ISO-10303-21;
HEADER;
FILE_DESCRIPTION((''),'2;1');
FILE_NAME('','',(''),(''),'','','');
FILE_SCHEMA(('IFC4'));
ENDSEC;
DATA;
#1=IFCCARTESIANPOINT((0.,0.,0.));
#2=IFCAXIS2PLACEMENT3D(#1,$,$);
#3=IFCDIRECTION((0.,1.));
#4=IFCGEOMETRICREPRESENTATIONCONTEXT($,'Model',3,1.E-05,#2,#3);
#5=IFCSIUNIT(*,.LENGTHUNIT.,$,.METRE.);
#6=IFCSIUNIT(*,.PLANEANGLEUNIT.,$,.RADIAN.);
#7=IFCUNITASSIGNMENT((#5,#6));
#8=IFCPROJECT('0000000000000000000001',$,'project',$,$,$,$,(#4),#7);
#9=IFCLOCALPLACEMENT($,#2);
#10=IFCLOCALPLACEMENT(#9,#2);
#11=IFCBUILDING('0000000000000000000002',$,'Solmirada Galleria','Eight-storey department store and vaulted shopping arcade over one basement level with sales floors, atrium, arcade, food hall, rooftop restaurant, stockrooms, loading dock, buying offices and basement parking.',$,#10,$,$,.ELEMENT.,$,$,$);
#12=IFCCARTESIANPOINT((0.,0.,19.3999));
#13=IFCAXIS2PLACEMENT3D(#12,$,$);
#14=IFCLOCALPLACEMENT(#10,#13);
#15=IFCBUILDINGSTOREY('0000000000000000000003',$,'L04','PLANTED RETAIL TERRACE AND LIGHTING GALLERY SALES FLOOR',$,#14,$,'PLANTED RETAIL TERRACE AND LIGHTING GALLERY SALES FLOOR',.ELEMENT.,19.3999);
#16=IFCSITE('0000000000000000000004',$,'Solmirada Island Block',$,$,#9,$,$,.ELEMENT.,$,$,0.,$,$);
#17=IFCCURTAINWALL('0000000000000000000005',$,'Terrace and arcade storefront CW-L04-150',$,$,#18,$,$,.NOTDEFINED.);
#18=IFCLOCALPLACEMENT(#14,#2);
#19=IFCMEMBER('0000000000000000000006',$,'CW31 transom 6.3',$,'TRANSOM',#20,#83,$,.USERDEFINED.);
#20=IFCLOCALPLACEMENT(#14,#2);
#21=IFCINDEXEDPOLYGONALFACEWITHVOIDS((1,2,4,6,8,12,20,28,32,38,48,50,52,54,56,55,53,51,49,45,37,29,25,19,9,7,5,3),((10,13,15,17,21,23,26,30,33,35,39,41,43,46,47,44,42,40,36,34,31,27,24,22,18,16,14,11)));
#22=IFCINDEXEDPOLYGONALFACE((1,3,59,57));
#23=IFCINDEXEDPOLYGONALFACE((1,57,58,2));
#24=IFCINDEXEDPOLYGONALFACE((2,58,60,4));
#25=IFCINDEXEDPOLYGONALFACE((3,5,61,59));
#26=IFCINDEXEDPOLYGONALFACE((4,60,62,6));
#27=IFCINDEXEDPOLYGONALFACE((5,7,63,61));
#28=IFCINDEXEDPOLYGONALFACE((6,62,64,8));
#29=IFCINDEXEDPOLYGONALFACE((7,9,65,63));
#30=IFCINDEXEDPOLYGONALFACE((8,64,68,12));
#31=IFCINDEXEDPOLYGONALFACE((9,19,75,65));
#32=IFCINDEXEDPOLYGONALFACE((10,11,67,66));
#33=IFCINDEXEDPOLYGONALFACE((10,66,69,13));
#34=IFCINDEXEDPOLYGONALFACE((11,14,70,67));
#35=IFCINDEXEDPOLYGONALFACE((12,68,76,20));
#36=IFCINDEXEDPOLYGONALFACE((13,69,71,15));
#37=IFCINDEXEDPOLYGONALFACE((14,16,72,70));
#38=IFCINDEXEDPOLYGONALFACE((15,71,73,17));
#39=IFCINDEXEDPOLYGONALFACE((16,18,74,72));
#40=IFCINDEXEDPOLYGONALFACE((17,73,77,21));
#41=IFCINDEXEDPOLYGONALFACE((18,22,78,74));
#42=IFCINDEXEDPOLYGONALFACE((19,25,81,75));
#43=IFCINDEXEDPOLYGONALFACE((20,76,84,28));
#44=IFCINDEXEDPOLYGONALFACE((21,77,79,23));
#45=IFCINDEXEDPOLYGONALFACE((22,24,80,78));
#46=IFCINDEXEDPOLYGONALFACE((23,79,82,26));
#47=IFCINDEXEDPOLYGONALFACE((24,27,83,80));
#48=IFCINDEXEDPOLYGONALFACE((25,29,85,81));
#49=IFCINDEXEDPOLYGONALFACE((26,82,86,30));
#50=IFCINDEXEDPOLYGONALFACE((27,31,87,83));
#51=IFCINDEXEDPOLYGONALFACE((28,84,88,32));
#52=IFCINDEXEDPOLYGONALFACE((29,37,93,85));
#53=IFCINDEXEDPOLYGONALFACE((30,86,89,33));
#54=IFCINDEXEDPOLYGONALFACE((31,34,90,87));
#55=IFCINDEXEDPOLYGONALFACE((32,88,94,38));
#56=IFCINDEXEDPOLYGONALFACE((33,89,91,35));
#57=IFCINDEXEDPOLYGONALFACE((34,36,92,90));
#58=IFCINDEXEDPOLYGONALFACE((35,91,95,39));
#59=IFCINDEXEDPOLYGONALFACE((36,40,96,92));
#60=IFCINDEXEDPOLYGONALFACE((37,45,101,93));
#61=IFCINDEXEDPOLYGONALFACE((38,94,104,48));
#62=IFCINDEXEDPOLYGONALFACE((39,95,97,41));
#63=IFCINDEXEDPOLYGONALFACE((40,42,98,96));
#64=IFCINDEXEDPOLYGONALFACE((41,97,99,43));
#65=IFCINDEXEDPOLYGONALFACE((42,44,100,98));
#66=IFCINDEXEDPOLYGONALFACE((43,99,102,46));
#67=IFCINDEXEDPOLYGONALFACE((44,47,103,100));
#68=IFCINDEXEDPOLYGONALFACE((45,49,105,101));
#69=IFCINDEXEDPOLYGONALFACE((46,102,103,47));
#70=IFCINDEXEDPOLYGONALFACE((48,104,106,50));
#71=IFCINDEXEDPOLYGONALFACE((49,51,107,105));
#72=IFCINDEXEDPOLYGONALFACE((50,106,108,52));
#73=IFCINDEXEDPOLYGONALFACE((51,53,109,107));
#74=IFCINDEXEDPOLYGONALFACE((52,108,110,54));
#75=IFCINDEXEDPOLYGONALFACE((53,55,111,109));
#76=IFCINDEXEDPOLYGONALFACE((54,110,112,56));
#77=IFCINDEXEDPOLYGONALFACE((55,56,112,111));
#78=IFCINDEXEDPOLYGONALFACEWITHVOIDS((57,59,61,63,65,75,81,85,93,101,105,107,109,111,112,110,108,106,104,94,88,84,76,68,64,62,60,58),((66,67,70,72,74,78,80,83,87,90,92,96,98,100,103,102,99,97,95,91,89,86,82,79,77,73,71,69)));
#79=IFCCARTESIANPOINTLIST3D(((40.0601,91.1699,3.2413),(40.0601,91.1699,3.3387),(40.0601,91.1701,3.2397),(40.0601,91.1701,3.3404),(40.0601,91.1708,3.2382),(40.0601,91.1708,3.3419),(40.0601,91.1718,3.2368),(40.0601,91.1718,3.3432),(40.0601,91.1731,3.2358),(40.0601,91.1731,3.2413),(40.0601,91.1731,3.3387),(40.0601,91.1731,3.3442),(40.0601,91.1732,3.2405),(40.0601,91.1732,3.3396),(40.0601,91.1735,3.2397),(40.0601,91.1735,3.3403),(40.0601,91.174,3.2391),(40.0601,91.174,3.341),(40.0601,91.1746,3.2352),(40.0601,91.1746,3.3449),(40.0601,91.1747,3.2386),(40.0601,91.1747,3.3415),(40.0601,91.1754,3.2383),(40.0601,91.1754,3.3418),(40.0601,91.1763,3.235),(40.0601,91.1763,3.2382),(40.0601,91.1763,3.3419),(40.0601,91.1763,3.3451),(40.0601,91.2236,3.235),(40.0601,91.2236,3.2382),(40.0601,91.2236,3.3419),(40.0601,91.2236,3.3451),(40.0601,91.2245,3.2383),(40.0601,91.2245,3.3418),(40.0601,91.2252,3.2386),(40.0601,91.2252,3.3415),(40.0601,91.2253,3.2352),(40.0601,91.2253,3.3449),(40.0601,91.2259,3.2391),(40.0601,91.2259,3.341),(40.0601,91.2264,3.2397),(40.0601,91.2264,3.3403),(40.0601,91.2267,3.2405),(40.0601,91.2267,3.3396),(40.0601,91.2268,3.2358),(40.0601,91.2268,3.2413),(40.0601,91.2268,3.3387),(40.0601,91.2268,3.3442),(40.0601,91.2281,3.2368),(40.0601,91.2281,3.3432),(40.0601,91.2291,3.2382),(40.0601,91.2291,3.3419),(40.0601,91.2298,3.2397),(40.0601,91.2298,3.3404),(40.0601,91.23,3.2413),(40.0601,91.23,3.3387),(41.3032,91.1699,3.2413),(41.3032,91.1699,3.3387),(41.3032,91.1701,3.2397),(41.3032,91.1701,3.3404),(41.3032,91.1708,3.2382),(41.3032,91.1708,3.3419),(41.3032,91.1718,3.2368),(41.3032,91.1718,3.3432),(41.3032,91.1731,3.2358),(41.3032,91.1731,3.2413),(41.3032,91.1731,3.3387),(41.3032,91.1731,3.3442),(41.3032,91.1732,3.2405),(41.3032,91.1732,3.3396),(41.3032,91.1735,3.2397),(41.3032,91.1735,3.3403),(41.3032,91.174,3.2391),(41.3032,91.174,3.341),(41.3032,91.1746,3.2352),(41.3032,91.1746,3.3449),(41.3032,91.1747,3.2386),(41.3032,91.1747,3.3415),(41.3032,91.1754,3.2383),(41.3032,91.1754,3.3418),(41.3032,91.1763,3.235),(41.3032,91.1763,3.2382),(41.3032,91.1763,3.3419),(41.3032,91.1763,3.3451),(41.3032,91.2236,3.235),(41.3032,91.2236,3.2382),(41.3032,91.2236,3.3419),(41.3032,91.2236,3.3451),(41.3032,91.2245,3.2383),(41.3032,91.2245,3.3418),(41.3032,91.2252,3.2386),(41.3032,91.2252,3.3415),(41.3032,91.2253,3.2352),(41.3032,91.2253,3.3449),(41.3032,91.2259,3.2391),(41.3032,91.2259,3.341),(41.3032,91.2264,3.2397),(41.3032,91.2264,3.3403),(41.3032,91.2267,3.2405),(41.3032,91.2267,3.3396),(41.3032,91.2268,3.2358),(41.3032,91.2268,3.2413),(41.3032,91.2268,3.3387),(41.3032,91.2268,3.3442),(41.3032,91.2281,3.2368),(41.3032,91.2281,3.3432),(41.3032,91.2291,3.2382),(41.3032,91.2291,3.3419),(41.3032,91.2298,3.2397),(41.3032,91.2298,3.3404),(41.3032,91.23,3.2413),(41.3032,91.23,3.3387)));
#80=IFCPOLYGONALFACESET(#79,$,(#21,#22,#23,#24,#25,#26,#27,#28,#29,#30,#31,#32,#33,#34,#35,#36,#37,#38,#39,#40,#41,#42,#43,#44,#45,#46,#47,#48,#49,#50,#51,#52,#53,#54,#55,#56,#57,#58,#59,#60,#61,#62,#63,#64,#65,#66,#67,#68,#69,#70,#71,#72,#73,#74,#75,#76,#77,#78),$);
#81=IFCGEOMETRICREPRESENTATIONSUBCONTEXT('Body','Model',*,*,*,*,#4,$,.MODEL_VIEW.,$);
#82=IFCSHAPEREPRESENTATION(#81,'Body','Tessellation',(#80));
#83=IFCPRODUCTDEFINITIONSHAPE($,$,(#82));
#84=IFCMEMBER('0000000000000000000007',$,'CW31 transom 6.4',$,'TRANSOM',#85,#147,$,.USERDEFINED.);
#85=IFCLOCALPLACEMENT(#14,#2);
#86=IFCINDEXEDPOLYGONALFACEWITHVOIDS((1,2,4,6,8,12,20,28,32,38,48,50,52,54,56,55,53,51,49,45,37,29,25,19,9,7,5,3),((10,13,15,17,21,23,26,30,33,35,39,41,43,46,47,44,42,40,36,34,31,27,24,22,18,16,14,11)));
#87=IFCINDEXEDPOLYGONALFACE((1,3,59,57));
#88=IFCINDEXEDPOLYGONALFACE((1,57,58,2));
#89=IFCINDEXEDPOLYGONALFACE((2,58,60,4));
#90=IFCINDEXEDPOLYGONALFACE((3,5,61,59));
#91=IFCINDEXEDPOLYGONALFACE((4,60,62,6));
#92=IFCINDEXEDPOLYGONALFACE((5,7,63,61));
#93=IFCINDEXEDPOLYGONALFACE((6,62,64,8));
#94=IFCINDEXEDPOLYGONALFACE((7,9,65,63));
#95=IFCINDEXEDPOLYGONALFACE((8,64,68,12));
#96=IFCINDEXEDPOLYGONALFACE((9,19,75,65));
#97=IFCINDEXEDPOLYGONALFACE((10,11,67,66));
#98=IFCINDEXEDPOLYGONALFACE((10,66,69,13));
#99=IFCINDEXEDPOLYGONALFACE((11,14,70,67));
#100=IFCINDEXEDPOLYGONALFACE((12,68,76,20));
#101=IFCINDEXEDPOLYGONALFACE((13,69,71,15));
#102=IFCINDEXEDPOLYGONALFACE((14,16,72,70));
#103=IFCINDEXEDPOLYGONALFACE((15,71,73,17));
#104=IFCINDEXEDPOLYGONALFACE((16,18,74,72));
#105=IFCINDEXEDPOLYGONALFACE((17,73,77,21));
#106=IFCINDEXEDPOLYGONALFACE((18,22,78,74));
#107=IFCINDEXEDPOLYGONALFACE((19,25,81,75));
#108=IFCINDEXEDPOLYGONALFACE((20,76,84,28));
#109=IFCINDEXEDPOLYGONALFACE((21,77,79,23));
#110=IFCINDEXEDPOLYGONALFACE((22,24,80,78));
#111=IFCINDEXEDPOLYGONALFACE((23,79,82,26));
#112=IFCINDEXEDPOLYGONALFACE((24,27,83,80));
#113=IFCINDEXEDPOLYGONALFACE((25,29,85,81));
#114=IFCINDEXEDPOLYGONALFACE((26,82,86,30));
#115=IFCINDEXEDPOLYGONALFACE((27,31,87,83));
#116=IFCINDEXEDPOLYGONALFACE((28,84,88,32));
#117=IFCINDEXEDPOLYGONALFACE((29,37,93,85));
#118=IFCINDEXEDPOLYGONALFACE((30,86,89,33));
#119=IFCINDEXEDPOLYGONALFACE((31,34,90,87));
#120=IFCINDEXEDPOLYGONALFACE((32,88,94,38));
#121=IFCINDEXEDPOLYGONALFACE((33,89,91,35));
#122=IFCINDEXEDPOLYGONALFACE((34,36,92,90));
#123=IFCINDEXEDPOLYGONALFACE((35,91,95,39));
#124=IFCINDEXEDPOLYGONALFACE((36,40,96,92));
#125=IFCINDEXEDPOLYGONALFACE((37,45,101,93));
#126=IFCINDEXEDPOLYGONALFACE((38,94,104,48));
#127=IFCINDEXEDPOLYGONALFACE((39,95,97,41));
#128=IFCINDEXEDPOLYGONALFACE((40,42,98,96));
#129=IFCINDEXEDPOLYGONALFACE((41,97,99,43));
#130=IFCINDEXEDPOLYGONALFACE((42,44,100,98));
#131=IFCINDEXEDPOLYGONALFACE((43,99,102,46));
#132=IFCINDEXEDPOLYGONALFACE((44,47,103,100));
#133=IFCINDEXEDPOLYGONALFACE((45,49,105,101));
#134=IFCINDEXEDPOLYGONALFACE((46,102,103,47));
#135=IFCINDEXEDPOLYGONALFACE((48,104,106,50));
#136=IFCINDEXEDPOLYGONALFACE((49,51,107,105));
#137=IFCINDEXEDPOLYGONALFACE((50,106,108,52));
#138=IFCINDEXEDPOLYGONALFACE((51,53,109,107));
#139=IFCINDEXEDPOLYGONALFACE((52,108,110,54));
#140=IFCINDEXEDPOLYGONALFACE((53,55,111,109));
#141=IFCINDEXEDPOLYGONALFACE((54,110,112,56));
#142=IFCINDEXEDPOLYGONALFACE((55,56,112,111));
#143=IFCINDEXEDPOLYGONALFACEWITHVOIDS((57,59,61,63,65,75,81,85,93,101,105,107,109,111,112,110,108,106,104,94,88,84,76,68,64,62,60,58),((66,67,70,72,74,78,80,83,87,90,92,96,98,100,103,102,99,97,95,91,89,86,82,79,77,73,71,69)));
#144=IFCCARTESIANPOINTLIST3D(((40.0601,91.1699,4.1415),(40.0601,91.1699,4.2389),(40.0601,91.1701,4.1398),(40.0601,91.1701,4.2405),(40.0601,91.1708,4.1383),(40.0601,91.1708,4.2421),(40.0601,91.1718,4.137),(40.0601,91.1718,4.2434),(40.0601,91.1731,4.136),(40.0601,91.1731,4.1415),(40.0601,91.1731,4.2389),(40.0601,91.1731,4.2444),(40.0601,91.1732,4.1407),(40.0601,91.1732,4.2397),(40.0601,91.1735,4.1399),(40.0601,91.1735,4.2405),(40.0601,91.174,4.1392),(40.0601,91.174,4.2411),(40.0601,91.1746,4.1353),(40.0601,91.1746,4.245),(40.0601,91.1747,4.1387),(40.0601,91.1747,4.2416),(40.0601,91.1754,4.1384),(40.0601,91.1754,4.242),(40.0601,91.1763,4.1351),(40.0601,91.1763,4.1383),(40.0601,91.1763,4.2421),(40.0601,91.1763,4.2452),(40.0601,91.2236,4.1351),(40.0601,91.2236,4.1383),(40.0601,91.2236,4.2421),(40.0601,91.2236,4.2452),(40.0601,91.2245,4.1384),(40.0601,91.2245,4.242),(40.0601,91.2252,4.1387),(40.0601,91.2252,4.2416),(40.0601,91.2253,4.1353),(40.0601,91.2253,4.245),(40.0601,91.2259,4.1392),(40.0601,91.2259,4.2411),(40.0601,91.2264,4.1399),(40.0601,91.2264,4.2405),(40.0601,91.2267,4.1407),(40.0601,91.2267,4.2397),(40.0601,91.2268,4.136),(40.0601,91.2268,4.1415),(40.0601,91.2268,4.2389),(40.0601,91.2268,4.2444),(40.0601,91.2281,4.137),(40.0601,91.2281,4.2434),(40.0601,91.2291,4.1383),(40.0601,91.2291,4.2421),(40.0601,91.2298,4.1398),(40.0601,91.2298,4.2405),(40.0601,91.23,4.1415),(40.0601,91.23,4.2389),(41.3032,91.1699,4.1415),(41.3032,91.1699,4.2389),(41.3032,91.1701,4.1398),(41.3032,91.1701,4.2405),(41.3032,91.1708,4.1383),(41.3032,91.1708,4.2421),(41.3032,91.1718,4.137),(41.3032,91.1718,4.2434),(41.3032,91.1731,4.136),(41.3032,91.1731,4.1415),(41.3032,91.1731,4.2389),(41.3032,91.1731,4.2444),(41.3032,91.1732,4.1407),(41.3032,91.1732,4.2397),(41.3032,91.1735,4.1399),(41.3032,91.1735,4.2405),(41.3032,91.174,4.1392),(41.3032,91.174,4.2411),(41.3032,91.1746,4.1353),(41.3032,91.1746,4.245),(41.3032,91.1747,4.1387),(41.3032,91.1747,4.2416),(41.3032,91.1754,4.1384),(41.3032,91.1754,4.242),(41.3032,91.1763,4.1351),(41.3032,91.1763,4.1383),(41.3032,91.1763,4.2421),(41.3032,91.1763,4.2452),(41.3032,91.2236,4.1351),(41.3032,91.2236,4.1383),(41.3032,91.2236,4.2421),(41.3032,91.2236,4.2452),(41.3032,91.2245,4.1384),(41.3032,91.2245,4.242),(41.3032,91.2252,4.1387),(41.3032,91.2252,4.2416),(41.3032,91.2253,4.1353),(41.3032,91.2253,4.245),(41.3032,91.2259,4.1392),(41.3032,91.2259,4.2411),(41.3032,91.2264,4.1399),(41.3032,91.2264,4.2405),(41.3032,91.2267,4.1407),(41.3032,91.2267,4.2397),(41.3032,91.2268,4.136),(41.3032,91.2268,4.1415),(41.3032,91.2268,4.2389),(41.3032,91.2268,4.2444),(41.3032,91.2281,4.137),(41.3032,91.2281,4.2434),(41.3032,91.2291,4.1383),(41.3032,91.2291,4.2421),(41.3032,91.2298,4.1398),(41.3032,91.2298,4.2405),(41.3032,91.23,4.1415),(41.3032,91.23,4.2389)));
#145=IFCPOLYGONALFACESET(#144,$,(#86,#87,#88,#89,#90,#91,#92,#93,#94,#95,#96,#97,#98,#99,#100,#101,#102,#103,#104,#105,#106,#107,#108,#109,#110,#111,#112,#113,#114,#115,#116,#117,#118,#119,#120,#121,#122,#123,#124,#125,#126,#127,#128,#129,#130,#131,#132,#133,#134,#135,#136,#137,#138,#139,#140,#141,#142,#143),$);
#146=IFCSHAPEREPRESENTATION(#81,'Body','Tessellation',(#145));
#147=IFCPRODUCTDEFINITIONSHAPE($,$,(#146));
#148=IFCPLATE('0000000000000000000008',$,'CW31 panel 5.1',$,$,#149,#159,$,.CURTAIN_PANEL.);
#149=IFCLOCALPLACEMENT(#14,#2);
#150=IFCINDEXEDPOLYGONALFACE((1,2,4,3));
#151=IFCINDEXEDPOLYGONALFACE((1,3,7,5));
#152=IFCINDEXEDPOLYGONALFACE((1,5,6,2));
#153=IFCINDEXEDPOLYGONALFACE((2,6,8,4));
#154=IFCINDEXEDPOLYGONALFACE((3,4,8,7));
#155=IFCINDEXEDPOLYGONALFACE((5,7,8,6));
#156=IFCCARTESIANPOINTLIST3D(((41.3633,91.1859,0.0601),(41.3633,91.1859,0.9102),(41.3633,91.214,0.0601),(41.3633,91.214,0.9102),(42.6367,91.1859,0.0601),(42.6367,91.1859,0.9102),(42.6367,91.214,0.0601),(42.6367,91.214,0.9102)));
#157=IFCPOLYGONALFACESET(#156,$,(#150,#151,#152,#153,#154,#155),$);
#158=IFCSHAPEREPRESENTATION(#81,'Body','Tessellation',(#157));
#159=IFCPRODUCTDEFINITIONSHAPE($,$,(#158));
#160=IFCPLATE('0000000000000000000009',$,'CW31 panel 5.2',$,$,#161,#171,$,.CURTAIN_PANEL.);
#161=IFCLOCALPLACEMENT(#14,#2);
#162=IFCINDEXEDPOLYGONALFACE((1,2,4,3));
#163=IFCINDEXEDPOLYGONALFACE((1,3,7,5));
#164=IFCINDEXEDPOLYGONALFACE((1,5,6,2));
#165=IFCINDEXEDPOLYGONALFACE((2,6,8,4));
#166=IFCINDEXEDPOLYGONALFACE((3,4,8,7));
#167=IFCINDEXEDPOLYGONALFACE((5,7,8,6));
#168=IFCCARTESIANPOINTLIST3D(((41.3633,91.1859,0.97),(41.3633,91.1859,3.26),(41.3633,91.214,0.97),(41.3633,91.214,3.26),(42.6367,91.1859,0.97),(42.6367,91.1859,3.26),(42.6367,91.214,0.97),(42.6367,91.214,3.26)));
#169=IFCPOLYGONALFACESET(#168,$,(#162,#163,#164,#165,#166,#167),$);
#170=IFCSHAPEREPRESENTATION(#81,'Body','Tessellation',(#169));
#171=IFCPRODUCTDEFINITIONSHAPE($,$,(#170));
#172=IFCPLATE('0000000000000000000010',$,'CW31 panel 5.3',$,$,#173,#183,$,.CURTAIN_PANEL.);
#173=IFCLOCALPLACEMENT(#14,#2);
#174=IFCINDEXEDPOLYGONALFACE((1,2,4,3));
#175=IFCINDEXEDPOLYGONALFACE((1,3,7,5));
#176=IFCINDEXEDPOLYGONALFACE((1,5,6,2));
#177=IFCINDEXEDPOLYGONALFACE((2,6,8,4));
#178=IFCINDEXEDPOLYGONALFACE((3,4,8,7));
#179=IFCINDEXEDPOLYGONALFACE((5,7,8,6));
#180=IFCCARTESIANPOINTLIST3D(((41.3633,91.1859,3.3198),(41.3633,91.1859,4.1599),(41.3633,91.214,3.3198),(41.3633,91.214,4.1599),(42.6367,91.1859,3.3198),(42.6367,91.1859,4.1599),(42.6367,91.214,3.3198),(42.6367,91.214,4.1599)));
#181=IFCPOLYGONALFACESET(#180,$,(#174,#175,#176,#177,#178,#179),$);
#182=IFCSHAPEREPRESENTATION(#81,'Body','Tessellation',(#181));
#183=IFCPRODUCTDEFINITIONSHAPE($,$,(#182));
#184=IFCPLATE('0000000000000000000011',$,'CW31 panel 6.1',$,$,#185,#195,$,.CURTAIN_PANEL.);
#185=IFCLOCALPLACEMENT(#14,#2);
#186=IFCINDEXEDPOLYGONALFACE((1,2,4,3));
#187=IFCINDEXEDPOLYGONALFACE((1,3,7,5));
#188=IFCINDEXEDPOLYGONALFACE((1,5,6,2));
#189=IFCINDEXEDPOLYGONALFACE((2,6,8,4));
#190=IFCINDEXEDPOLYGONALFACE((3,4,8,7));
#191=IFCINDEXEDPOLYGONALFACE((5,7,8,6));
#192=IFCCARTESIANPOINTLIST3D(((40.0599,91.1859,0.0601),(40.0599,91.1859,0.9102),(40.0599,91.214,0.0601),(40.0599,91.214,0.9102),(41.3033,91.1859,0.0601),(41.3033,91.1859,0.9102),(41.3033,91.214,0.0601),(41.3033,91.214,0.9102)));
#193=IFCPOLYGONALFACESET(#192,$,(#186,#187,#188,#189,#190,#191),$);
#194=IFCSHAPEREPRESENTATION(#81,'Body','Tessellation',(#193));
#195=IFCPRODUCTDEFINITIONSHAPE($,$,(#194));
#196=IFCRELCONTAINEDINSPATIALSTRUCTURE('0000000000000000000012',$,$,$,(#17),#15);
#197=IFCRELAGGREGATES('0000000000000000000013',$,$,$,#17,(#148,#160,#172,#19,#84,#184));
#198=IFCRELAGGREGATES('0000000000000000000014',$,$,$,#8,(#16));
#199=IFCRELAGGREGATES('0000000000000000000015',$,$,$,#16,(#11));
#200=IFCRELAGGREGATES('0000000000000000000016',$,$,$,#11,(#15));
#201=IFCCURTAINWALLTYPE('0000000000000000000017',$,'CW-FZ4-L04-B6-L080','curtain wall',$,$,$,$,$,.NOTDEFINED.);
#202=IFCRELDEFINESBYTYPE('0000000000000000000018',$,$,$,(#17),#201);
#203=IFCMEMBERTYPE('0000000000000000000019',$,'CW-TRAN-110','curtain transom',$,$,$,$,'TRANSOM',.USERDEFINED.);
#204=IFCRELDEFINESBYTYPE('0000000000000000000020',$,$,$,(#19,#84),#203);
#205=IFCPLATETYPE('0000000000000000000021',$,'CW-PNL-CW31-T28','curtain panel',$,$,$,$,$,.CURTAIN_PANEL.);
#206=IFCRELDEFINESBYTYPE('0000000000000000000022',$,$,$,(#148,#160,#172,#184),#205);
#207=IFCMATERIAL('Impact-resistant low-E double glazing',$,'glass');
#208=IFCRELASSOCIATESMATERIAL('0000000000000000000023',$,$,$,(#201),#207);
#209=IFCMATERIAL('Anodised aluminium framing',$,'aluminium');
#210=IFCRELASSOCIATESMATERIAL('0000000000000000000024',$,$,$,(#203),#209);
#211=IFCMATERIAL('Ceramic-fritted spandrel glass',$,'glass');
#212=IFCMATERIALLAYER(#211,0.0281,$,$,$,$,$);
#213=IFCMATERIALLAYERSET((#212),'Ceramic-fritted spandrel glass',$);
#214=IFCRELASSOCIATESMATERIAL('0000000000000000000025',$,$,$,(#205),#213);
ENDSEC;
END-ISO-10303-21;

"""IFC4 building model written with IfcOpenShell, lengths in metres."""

from ifc_helpers import new_model, si_unit, direction, frame, origin, origin_2d, place, context, subcontext, project, spatial, rectangle, hollow_rectangle, extrude, material, layer, layer_set, material_profile, profile_set, type_object, element, aggregate, save


model = new_model("IFC4")

# Units and contexts
model_context = context("Model", 3, precision=1e-05, world=origin(), true_north=direction((0.0, 1.0)))
body_context = subcontext(model_context, "Body", "Model", "MODEL_VIEW")
ifc_project = project(units=[si_unit("LENGTHUNIT", "METRE"), si_unit("PLANEANGLEUNIT", "RADIAN")], contexts=[model_context])

# Site, building, storey
site_placement = place(None, origin())
site = spatial("IfcSite", under=ifc_project, at=site_placement, Name="Solmirada Island Block", CompositionType="ELEMENT", RefElevation=0.0)
building_placement = place(site_placement, origin())
building = spatial("IfcBuilding", under=site, at=building_placement, Name="Solmirada Galleria", Description="Eight-storey department store and vaulted shopping arcade over one basement level with sales floors, atrium, arcade, food hall, rooftop restaurant, stockrooms, loading dock, buying offices and basement parking.", CompositionType="ELEMENT")
storey_placement = place(building_placement, frame((0.0, 0.0, 19.3999)))
storey = spatial("IfcBuildingStorey", under=building, at=storey_placement, Name="L04", Description="PLANTED RETAIL TERRACE AND LIGHTING GALLERY SALES FLOOR", LongName="PLANTED RETAIL TERRACE AND LIGHTING GALLERY SALES FLOOR", CompositionType="ELEMENT", Elevation=19.3999)

# Curtain wall, members, plates
ifc_material_1 = material(Name="Impact-resistant low-E double glazing", Category="glass")
curtain_wall_type = type_object("IfcCurtainWallType", Name="CW-FZ4-L04-B6-L080", Description="curtain wall", PredefinedType="NOTDEFINED", material=ifc_material_1)
curtain_wall_placement = place(storey_placement, origin())
curtain_wall = element("IfcCurtainWall", 1, at=curtain_wall_placement, inside=storey, type_object=curtain_wall_type, Name="Terrace and arcade storefront CW-L04-150", PredefinedType="NOTDEFINED")
ifc_material_2 = material(Name="Anodised aluminium framing", Category="aluminium")
ifc_material_profile_1 = material_profile(ifc_material_2, hollow_rectangle(XDim=0.0601, YDim=0.1101, WallThickness=0.0032, InnerFilletRadius=0.0032, OuterFilletRadius=0.0063, at=origin_2d()), Name="ALU-TRAN-110X60")
ifc_profile_set_1 = profile_set([ifc_material_profile_1], Name="Anodised aluminium framing")
member_type_1 = type_object("IfcMemberType", Name="CW-TRAN-110", Description="curtain transom", ElementType="TRANSOM", PredefinedType="USERDEFINED", material=ifc_profile_set_1)
member_1_placement = place(storey_placement, frame((41.3032, 91.2, 3.29), z_axis=(-1.0, 0.0, 0.0), x_axis=(0.0, -1.0, 0.0)))
member_1 = element("IfcMember", 2, at=member_1_placement, type_object=member_type_1, Name="CW31 transom 6.3", ObjectType="TRANSOM", PredefinedType="USERDEFINED", context=body_context, shape_type="SweptSolid", body=[
    extrude(hollow_rectangle(XDim=0.0601, YDim=0.1101, WallThickness=0.0032, InnerFilletRadius=0.0032, OuterFilletRadius=0.0063, at=origin_2d()), origin(), (0.0, 0.0, 1.0), 1.2432),
])
member_2_placement = place(storey_placement, frame((41.3032, 91.2, 4.1902), z_axis=(-1.0, 0.0, 0.0), x_axis=(0.0, -1.0, 0.0)))
member_2 = element("IfcMember", 3, at=member_2_placement, type_object=member_type_1, Name="CW31 transom 6.4", ObjectType="TRANSOM", PredefinedType="USERDEFINED", context=body_context, shape_type="SweptSolid", body=[
    extrude(hollow_rectangle(XDim=0.0601, YDim=0.1101, WallThickness=0.0032, InnerFilletRadius=0.0032, OuterFilletRadius=0.0063, at=origin_2d()), origin(), (0.0, 0.0, 1.0), 1.2432),
])
ifc_material_3 = material(Name="Ceramic-fritted spandrel glass", Category="glass")
ifc_layer_1 = layer(ifc_material_3, 0.0281)
ifc_layer_set_1 = layer_set([ifc_layer_1], Name="Ceramic-fritted spandrel glass")
plate_type = type_object("IfcPlateType", Name="CW-PNL-CW31-T28", Description="curtain panel", PredefinedType="CURTAIN_PANEL", material=ifc_layer_set_1)
plate_1_placement = place(storey_placement, frame((42.0, 91.2, 0.0601), z_axis=(0.0, 0.0, 1.0), x_axis=(-1.0, 0.0, 0.0)))
plate_1 = element("IfcPlate", 4, at=plate_1_placement, type_object=plate_type, Name="CW31 panel 5.1", PredefinedType="CURTAIN_PANEL", context=body_context, shape_type="SweptSolid", body=[
    extrude(rectangle(XDim=1.2734, YDim=0.0281, at=origin_2d()), origin(), (0.0, 0.0, 1.0), 0.8501),
])
plate_2_placement = place(storey_placement, frame((42.0, 91.2, 0.97), z_axis=(0.0, 0.0, 1.0), x_axis=(-1.0, 0.0, 0.0)))
plate_2 = element("IfcPlate", 5, at=plate_2_placement, type_object=plate_type, Name="CW31 panel 5.2", PredefinedType="CURTAIN_PANEL", context=body_context, shape_type="SweptSolid", body=[
    extrude(rectangle(XDim=1.2734, YDim=0.0281, at=origin_2d()), origin(), (0.0, 0.0, 1.0), 2.29),
])
plate_3_placement = place(storey_placement, frame((42.0, 91.2, 3.3198), z_axis=(0.0, 0.0, 1.0), x_axis=(-1.0, 0.0, 0.0)))
plate_3 = element("IfcPlate", 6, at=plate_3_placement, type_object=plate_type, Name="CW31 panel 5.3", PredefinedType="CURTAIN_PANEL", context=body_context, shape_type="SweptSolid", body=[
    extrude(rectangle(XDim=1.2734, YDim=0.0281, at=origin_2d()), origin(), (0.0, 0.0, 1.0), 0.8401),
])
plate_4_placement = place(storey_placement, frame((40.6816, 91.2, 0.0601), z_axis=(0.0, 0.0, 1.0), x_axis=(-1.0, 0.0, 0.0)))
plate_4 = element("IfcPlate", 7, at=plate_4_placement, type_object=plate_type, Name="CW31 panel 6.1", PredefinedType="CURTAIN_PANEL", context=body_context, shape_type="SweptSolid", body=[
    extrude(rectangle(XDim=1.2434, YDim=0.0281, at=origin_2d()), origin(), (0.0, 0.0, 1.0), 0.8501),
])
aggregate(curtain_wall, [plate_1, plate_2, plate_3, member_1, member_2, plate_4])

save(model, "model.ifc")
